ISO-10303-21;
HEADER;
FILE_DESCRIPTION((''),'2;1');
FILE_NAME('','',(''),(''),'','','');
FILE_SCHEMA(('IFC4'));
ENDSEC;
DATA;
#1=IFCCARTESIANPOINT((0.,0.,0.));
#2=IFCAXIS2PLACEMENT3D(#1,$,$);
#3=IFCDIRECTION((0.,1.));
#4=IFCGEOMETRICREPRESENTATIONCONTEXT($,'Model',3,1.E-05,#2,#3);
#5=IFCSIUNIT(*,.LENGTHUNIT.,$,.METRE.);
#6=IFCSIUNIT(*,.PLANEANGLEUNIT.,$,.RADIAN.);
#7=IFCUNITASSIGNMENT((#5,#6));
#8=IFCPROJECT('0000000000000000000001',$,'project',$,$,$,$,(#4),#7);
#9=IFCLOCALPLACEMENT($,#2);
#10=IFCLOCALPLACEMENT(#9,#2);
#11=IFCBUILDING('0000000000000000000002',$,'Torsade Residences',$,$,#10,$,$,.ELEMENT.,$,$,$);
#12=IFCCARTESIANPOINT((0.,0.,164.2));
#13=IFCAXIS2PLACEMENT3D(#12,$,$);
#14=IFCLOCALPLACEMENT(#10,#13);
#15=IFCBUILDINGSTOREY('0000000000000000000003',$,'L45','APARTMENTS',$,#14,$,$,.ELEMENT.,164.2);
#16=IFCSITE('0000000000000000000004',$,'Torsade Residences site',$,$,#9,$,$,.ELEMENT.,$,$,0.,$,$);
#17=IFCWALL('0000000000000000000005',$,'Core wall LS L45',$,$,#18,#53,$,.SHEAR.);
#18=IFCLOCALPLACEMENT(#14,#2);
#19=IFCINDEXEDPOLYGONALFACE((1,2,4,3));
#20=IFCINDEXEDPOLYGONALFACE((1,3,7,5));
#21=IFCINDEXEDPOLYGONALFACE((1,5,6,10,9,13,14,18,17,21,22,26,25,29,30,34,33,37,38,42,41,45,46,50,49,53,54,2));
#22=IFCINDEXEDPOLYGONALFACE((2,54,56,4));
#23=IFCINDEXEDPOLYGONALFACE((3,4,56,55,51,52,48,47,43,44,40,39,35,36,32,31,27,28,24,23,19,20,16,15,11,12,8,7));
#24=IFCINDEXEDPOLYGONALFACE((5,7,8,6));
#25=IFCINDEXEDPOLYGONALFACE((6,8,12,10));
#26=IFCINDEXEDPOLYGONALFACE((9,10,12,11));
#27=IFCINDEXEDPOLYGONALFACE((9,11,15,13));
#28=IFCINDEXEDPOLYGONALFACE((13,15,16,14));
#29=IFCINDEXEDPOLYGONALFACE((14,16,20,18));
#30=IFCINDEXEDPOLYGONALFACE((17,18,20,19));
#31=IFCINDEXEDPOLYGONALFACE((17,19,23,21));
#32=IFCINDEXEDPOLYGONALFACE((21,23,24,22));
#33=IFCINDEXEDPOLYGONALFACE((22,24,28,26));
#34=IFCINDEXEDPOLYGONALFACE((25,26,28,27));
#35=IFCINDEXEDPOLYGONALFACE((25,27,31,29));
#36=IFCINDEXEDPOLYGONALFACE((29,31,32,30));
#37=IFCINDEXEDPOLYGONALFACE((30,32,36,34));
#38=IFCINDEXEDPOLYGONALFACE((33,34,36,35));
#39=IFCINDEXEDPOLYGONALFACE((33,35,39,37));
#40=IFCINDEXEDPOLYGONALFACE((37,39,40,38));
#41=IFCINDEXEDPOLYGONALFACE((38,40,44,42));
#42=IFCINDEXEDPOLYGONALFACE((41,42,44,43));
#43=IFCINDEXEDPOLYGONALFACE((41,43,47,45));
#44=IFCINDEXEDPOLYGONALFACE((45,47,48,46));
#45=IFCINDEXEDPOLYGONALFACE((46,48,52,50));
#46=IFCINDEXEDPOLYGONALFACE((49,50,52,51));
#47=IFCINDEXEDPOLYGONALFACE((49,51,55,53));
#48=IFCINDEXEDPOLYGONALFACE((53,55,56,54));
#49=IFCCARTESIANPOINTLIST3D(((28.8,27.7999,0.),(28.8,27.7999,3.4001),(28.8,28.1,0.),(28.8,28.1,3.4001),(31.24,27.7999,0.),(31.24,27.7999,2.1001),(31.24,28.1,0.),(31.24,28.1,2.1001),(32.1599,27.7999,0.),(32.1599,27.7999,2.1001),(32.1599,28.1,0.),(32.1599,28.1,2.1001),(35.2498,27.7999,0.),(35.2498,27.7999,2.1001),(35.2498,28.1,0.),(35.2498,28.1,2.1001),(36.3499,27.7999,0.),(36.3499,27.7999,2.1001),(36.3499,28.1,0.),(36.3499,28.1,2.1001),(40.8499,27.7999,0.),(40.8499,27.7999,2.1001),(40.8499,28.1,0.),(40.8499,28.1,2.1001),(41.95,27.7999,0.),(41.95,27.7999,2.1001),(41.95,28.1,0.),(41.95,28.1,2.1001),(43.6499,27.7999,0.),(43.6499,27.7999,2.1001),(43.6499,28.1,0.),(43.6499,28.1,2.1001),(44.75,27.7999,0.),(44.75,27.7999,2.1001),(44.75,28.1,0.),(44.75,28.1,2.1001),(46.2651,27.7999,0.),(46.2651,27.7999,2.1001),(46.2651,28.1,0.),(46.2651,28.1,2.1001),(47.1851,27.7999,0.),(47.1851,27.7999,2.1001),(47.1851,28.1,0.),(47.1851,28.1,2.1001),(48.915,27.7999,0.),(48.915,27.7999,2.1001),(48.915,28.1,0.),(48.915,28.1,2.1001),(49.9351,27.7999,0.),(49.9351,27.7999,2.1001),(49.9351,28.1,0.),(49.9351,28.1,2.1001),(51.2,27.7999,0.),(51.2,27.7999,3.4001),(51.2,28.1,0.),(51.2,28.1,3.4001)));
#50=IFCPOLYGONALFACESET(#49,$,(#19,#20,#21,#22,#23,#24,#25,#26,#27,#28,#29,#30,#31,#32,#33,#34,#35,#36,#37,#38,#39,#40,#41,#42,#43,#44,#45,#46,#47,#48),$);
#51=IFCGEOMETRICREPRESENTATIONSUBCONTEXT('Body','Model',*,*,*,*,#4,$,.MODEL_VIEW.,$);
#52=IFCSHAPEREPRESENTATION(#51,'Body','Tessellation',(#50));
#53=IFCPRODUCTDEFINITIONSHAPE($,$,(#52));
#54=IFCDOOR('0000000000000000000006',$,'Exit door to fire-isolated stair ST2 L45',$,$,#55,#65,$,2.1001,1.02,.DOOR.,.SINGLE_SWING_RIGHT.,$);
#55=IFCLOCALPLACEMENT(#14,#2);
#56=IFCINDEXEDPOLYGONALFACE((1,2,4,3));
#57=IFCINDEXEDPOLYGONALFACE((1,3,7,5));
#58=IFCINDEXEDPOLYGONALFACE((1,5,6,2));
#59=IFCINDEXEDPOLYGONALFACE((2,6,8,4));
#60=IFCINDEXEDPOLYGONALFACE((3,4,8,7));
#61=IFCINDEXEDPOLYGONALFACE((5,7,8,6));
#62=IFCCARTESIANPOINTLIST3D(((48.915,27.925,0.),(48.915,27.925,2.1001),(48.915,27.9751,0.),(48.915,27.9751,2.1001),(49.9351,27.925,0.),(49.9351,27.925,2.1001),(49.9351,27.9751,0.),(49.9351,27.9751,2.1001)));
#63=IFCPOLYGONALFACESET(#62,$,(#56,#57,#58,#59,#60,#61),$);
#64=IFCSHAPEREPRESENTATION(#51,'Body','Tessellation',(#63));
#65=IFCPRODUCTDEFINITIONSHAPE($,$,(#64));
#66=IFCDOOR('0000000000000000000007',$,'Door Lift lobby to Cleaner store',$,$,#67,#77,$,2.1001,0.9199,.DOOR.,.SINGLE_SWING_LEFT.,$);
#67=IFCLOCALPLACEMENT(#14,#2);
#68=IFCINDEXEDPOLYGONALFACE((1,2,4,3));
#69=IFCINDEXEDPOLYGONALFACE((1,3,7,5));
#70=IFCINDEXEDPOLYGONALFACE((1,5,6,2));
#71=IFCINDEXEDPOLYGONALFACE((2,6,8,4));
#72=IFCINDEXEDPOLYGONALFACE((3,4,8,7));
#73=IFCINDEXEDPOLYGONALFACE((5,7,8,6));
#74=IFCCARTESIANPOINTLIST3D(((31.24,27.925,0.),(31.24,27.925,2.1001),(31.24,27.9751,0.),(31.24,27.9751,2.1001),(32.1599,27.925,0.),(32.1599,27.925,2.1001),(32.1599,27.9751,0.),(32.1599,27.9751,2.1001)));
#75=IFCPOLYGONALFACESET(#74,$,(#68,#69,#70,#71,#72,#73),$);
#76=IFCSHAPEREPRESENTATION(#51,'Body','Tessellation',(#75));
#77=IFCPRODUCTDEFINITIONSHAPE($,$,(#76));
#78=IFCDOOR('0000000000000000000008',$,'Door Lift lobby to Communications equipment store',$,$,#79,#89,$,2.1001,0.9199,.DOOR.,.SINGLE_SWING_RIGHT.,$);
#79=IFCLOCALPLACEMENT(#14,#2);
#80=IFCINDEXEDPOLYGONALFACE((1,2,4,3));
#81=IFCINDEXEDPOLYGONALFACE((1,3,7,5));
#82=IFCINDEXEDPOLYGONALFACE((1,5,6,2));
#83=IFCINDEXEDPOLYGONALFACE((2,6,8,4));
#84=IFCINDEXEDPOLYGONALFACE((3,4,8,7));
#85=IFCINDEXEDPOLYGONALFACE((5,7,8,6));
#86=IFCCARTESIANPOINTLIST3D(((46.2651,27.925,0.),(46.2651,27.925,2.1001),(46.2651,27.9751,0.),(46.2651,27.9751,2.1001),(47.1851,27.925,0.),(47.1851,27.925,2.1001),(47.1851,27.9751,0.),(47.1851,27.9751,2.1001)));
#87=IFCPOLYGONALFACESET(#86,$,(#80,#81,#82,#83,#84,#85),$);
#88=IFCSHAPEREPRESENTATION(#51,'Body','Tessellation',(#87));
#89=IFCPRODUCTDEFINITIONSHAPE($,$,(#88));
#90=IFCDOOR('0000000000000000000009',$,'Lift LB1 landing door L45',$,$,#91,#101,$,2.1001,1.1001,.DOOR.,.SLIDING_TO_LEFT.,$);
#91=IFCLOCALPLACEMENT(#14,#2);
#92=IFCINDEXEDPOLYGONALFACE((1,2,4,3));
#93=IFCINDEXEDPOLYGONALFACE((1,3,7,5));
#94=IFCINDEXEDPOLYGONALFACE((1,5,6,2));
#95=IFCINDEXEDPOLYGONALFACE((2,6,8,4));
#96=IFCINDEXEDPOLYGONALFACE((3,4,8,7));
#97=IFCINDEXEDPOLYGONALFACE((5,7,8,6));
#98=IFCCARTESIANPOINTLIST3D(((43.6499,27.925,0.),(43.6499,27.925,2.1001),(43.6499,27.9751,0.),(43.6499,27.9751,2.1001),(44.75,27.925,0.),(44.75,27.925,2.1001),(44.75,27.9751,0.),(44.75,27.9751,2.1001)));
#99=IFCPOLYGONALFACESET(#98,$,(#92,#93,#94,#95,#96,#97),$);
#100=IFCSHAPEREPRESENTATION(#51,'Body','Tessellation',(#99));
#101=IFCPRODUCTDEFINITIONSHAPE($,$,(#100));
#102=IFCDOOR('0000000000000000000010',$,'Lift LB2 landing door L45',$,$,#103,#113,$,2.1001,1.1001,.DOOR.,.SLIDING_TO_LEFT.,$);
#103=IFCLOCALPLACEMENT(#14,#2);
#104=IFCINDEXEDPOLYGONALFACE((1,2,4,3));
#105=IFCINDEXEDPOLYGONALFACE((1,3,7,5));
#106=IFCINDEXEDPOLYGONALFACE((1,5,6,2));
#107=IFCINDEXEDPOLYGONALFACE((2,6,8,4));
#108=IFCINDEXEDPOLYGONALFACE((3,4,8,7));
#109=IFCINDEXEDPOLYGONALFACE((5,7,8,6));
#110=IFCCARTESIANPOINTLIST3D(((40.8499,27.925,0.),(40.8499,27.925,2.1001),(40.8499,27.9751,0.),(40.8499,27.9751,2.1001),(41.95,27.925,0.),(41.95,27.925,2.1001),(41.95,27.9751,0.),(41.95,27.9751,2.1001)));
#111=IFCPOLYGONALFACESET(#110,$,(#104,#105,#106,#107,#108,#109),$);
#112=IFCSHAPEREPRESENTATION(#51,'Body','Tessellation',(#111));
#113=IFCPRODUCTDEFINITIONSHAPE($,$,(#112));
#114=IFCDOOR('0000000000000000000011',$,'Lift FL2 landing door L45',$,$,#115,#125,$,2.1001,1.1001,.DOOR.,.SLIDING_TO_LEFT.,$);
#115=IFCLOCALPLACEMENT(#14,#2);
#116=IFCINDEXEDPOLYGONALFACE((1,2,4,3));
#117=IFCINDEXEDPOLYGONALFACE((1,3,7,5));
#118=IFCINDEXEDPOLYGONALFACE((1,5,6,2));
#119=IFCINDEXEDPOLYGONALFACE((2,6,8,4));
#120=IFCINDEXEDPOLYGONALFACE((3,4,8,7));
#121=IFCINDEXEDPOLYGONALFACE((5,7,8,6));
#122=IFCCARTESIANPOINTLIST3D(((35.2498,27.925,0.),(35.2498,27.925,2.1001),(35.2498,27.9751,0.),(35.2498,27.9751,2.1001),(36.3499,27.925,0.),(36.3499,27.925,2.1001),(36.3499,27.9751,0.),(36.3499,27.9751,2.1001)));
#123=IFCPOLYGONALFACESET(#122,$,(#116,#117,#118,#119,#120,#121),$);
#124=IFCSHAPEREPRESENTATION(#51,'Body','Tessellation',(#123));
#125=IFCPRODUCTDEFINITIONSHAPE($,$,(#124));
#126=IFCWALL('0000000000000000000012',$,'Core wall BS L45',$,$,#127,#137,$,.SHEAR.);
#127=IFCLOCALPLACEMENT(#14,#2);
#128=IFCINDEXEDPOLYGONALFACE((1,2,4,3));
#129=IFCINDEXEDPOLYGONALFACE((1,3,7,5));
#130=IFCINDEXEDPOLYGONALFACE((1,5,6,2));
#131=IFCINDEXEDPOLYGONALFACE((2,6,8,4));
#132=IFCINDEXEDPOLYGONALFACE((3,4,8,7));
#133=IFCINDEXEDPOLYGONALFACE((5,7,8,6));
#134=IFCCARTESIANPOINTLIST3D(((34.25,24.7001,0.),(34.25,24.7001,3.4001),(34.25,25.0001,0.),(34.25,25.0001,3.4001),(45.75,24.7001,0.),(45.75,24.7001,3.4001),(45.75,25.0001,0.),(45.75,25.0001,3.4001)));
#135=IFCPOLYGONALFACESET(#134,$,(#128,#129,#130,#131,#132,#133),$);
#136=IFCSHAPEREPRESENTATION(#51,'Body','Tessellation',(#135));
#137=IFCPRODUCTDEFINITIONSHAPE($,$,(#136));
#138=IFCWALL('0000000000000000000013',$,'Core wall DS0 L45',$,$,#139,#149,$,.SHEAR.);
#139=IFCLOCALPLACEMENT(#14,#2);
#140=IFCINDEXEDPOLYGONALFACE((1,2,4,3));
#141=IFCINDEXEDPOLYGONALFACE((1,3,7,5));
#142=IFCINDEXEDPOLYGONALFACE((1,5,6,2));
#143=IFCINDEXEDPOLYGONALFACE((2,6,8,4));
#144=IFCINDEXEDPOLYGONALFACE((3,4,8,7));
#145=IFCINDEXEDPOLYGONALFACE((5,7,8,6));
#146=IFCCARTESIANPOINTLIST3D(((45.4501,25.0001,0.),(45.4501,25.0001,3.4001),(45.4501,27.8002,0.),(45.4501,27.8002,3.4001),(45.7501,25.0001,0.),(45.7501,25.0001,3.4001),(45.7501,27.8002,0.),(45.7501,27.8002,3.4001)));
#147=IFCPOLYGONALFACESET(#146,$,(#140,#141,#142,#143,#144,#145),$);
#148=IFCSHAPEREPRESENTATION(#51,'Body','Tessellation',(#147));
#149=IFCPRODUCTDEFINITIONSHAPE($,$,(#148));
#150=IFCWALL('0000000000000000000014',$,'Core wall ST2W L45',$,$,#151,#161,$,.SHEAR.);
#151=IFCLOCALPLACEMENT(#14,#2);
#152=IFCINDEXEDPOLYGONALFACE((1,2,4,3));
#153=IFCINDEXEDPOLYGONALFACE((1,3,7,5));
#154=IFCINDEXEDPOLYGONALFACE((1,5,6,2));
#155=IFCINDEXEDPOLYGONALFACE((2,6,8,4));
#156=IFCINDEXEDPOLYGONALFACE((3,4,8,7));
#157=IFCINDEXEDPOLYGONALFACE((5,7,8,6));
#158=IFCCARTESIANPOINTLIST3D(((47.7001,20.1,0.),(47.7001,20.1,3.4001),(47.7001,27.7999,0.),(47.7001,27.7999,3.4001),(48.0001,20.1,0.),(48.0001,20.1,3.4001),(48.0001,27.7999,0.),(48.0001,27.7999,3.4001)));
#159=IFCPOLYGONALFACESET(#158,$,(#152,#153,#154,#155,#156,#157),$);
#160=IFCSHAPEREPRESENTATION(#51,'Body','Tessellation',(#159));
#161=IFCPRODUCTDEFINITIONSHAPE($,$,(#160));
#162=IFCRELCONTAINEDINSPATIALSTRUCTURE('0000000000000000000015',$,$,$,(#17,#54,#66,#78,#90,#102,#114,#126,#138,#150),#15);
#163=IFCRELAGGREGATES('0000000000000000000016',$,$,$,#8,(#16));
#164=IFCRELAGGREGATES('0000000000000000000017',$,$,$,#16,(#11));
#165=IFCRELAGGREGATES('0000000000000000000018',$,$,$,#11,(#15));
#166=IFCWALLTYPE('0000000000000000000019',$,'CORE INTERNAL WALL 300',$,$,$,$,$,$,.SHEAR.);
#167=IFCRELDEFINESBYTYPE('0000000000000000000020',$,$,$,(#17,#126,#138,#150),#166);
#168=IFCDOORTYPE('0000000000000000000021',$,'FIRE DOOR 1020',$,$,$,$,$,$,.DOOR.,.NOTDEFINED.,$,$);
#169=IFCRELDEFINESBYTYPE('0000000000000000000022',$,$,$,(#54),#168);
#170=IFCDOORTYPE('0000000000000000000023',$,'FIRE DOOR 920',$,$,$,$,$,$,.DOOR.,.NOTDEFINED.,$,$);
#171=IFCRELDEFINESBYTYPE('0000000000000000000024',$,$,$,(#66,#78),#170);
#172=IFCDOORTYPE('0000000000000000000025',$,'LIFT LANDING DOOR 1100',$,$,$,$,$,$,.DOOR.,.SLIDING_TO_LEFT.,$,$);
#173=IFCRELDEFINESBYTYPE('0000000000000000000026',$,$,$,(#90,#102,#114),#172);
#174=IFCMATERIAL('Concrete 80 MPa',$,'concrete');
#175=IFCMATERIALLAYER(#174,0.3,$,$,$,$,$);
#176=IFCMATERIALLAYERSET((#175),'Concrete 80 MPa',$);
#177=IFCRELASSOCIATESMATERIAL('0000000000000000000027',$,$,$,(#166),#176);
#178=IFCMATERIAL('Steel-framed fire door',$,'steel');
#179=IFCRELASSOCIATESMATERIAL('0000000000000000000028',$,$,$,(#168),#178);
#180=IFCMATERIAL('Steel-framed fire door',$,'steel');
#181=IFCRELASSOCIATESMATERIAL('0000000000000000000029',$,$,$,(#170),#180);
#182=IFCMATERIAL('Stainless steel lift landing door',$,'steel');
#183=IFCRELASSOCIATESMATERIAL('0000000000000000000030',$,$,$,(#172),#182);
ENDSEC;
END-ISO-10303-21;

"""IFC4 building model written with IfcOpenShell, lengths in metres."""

from ifc_helpers import new_model, si_unit, direction, frame, frame_2d, origin, place, context, subcontext, project, spatial, rectangle, extrude, material, layer, layer_set, type_object, element, fill, save


model = new_model("IFC4")

# Units and contexts
model_context = context("Model", 3, precision=1e-05, world=origin(), true_north=direction((0.0, 1.0)))
body_context = subcontext(model_context, "Body", "Model", "MODEL_VIEW")
ifc_project = project(units=[si_unit("LENGTHUNIT", "METRE"), si_unit("PLANEANGLEUNIT", "RADIAN")], contexts=[model_context])

# Site, building, storey
site_placement = place(None, origin())
site = spatial("IfcSite", under=ifc_project, at=site_placement, Name="Torsade Residences site", CompositionType="ELEMENT", RefElevation=0.0)
building_placement = place(site_placement, origin())
building = spatial("IfcBuilding", under=site, at=building_placement, Name="Torsade Residences", CompositionType="ELEMENT")
storey_placement = place(building_placement, frame((0.0, 0.0, 164.2)))
storey = spatial("IfcBuildingStorey", under=building, at=storey_placement, Name="L45", Description="APARTMENTS", CompositionType="ELEMENT", Elevation=164.2)

# Wall, openings, doors
ifc_material_1 = material(Name="Concrete 80 MPa", Category="concrete")
ifc_layer_1 = layer(ifc_material_1, 0.3)
ifc_layer_set_1 = layer_set([ifc_layer_1], Name="Concrete 80 MPa")
wall_type_1 = type_object("IfcWallType", Name="CORE INTERNAL WALL 300", PredefinedType="SHEAR", material=ifc_layer_set_1)
wall_1_placement = place(storey_placement, frame((51.2, 27.95, 0.0), z_axis=(0.0, 0.0, 1.0), x_axis=(-1.0, 0.0, 0.0)))
wall_1 = element("IfcWall", 1, at=wall_1_placement, inside=storey, type_object=wall_type_1, Name="Core wall LS L45", PredefinedType="SHEAR", context=body_context, shape_type="SweptSolid", body=[
    extrude(rectangle(XDim=22.3999, YDim=0.3, at=frame_2d((11.2, 0.0))), origin(), (0.0, 0.0, 1.0), 3.4001),
])
opening_1_placement = place(wall_1_placement, frame((19.04, 0.0, 0.0)))
opening_1 = element("IfcOpeningElement", 2, at=opening_1_placement, cuts=wall_1, PredefinedType="OPENING", context=body_context, shape_type="SweptSolid", body=[
    extrude(rectangle(XDim=0.9199, YDim=2.1001, at=frame_2d((0.46, 1.05))), frame((0.0, 0.1599, 0.0), z_axis=(0.0, -1.0, 0.0), x_axis=(1.0, 0.0, 0.0)), (0.0, 0.0, 1.0), 0.3201),
])
opening_2_placement = place(wall_1_placement, frame((1.2649, 0.0, 0.0)))
opening_2 = element("IfcOpeningElement", 3, at=opening_2_placement, cuts=wall_1, PredefinedType="OPENING", context=body_context, shape_type="SweptSolid", body=[
    extrude(rectangle(XDim=1.02, YDim=2.1001, at=frame_2d((0.51, 1.05))), frame((0.0, 0.1599, 0.0), z_axis=(0.0, -1.0, 0.0), x_axis=(1.0, 0.0, 0.0)), (0.0, 0.0, 1.0), 0.3201),
])
opening_3_placement = place(wall_1_placement, frame((4.0149, 0.0, 0.0)))
opening_3 = element("IfcOpeningElement", 4, at=opening_3_placement, cuts=wall_1, PredefinedType="OPENING", context=body_context, shape_type="SweptSolid", body=[
    extrude(rectangle(XDim=0.9199, YDim=2.1001, at=frame_2d((0.46, 1.05))), frame((0.0, 0.1599, 0.0), z_axis=(0.0, -1.0, 0.0), x_axis=(1.0, 0.0, 0.0)), (0.0, 0.0, 1.0), 0.3201),
])
opening_4_placement = place(wall_1_placement, frame((6.45, 0.0, 0.0)))
opening_4 = element("IfcOpeningElement", 5, at=opening_4_placement, cuts=wall_1, PredefinedType="OPENING", context=body_context, shape_type="SweptSolid", body=[
    extrude(rectangle(XDim=1.1001, YDim=2.1001, at=frame_2d((0.55, 1.05))), frame((0.0, 0.1599, 0.0), z_axis=(0.0, -1.0, 0.0), x_axis=(1.0, 0.0, 0.0)), (0.0, 0.0, 1.0), 0.3201),
])
opening_5_placement = place(wall_1_placement, frame((9.25, 0.0, 0.0)))
opening_5 = element("IfcOpeningElement", 6, at=opening_5_placement, cuts=wall_1, PredefinedType="OPENING", context=body_context, shape_type="SweptSolid", body=[
    extrude(rectangle(XDim=1.1001, YDim=2.1001, at=frame_2d((0.55, 1.05))), frame((0.0, 0.1599, 0.0), z_axis=(0.0, -1.0, 0.0), x_axis=(1.0, 0.0, 0.0)), (0.0, 0.0, 1.0), 0.3201),
])
opening_6_placement = place(wall_1_placement, frame((14.8501, 0.0, 0.0)))
opening_6 = element("IfcOpeningElement", 7, at=opening_6_placement, cuts=wall_1, PredefinedType="OPENING", context=body_context, shape_type="SweptSolid", body=[
    extrude(rectangle(XDim=1.1001, YDim=2.1001, at=frame_2d((0.55, 1.05))), frame((0.0, 0.1599, 0.0), z_axis=(0.0, -1.0, 0.0), x_axis=(1.0, 0.0, 0.0)), (0.0, 0.0, 1.0), 0.3201),
])
ifc_material_2 = material(Name="Steel-framed fire door", Category="steel")
door_type_1 = type_object("IfcDoorType", Name="FIRE DOOR 1020", OperationType="NOTDEFINED", PredefinedType="DOOR", material=ifc_material_2)
door_1_placement = place(opening_2_placement, origin())
door_1 = element("IfcDoor", 8, at=door_1_placement, inside=storey, type_object=door_type_1, Name="Exit door to fire-isolated stair ST2 L45", OperationType="SINGLE_SWING_RIGHT", OverallHeight=2.1001, OverallWidth=1.02, PredefinedType="DOOR", context=body_context, shape_type="SweptSolid", body=[
    extrude(rectangle(XDim=1.02, YDim=2.1001, at=frame_2d((0.51, 1.05))), frame((0.0, 0.0249, 0.0), z_axis=(0.0, -1.0, 0.0), x_axis=(1.0, 0.0, 0.0)), (0.0, 0.0, 1.0), 0.05),
])
fill(opening_2, door_1)
ifc_material_3 = material(Name="Steel-framed fire door", Category="steel")
door_type_2 = type_object("IfcDoorType", Name="FIRE DOOR 920", OperationType="NOTDEFINED", PredefinedType="DOOR", material=ifc_material_3)
door_2_placement = place(opening_1_placement, origin())
door_2 = element("IfcDoor", 9, at=door_2_placement, inside=storey, type_object=door_type_2, Name="Door Lift lobby to Cleaner store", OperationType="SINGLE_SWING_LEFT", OverallHeight=2.1001, OverallWidth=0.9199, PredefinedType="DOOR", context=body_context, shape_type="SweptSolid", body=[
    extrude(rectangle(XDim=0.9199, YDim=2.1001, at=frame_2d((0.46, 1.05))), frame((0.0, 0.0249, 0.0), z_axis=(0.0, -1.0, 0.0), x_axis=(1.0, 0.0, 0.0)), (0.0, 0.0, 1.0), 0.05),
])
fill(opening_1, door_2)
door_3_placement = place(opening_3_placement, origin())
door_3 = element("IfcDoor", 10, at=door_3_placement, inside=storey, type_object=door_type_2, Name="Door Lift lobby to Communications equipment store", OperationType="SINGLE_SWING_RIGHT", OverallHeight=2.1001, OverallWidth=0.9199, PredefinedType="DOOR", context=body_context, shape_type="SweptSolid", body=[
    extrude(rectangle(XDim=0.9199, YDim=2.1001, at=frame_2d((0.46, 1.05))), frame((0.0, 0.0249, 0.0), z_axis=(0.0, -1.0, 0.0), x_axis=(1.0, 0.0, 0.0)), (0.0, 0.0, 1.0), 0.05),
])
fill(opening_3, door_3)
ifc_material_4 = material(Name="Stainless steel lift landing door", Category="steel")
door_type_3 = type_object("IfcDoorType", Name="LIFT LANDING DOOR 1100", OperationType="SLIDING_TO_LEFT", PredefinedType="DOOR", material=ifc_material_4)
door_4_placement = place(opening_4_placement, origin())
door_4 = element("IfcDoor", 11, at=door_4_placement, inside=storey, type_object=door_type_3, Name="Lift LB1 landing door L45", OperationType="SLIDING_TO_LEFT", OverallHeight=2.1001, OverallWidth=1.1001, PredefinedType="DOOR", context=body_context, shape_type="SweptSolid", body=[
    extrude(rectangle(XDim=1.1001, YDim=2.1001, at=frame_2d((0.55, 1.05))), frame((0.0, 0.0249, 0.0), z_axis=(0.0, -1.0, 0.0), x_axis=(1.0, 0.0, 0.0)), (0.0, 0.0, 1.0), 0.05),
])
fill(opening_4, door_4)
door_5_placement = place(opening_5_placement, origin())
door_5 = element("IfcDoor", 12, at=door_5_placement, inside=storey, type_object=door_type_3, Name="Lift LB2 landing door L45", OperationType="SLIDING_TO_LEFT", OverallHeight=2.1001, OverallWidth=1.1001, PredefinedType="DOOR", context=body_context, shape_type="SweptSolid", body=[
    extrude(rectangle(XDim=1.1001, YDim=2.1001, at=frame_2d((0.55, 1.05))), frame((0.0, 0.0249, 0.0), z_axis=(0.0, -1.0, 0.0), x_axis=(1.0, 0.0, 0.0)), (0.0, 0.0, 1.0), 0.05),
])
fill(opening_5, door_5)
door_6_placement = place(opening_6_placement, origin())
door_6 = element("IfcDoor", 13, at=door_6_placement, inside=storey, type_object=door_type_3, Name="Lift FL2 landing door L45", OperationType="SLIDING_TO_LEFT", OverallHeight=2.1001, OverallWidth=1.1001, PredefinedType="DOOR", context=body_context, shape_type="SweptSolid", body=[
    extrude(rectangle(XDim=1.1001, YDim=2.1001, at=frame_2d((0.55, 1.05))), frame((0.0, 0.0249, 0.0), z_axis=(0.0, -1.0, 0.0), x_axis=(1.0, 0.0, 0.0)), (0.0, 0.0, 1.0), 0.05),
])
fill(opening_6, door_6)

# Walls
wall_2_placement = place(storey_placement, frame((45.75, 24.8501, 0.0), z_axis=(0.0, 0.0, 1.0), x_axis=(-1.0, 0.0, 0.0)))
element("IfcWall", 14, at=wall_2_placement, inside=storey, type_object=wall_type_1, Name="Core wall BS L45", PredefinedType="SHEAR", context=body_context, shape_type="SweptSolid", body=[
    extrude(rectangle(XDim=11.5, YDim=0.3, at=frame_2d((5.75, 0.0))), origin(), (0.0, 0.0, 1.0), 3.4001),
])
wall_3_placement = place(storey_placement, frame((45.6001, 27.8, 0.0), z_axis=(0.0, 0.0, 1.0), x_axis=(0.0, -1.0, 0.0)))
element("IfcWall", 15, at=wall_3_placement, inside=storey, type_object=wall_type_1, Name="Core wall DS0 L45", PredefinedType="SHEAR", context=body_context, shape_type="SweptSolid", body=[
    extrude(rectangle(XDim=2.8, YDim=0.3, at=frame_2d((1.3999, 0.0))), origin(), (0.0, 0.0, 1.0), 3.4001),
])
wall_4_placement = place(storey_placement, frame((47.8501, 27.8, 0.0), z_axis=(0.0, 0.0, 1.0), x_axis=(0.0, -1.0, 0.0)))
element("IfcWall", 16, at=wall_4_placement, inside=storey, type_object=wall_type_1, Name="Core wall ST2W L45", PredefinedType="SHEAR", context=body_context, shape_type="SweptSolid", body=[
    extrude(rectangle(XDim=7.7, YDim=0.3, at=frame_2d((3.8501, 0.0))), origin(), (0.0, 0.0, 1.0), 3.4001),
])

save(model, "model.ifc")
